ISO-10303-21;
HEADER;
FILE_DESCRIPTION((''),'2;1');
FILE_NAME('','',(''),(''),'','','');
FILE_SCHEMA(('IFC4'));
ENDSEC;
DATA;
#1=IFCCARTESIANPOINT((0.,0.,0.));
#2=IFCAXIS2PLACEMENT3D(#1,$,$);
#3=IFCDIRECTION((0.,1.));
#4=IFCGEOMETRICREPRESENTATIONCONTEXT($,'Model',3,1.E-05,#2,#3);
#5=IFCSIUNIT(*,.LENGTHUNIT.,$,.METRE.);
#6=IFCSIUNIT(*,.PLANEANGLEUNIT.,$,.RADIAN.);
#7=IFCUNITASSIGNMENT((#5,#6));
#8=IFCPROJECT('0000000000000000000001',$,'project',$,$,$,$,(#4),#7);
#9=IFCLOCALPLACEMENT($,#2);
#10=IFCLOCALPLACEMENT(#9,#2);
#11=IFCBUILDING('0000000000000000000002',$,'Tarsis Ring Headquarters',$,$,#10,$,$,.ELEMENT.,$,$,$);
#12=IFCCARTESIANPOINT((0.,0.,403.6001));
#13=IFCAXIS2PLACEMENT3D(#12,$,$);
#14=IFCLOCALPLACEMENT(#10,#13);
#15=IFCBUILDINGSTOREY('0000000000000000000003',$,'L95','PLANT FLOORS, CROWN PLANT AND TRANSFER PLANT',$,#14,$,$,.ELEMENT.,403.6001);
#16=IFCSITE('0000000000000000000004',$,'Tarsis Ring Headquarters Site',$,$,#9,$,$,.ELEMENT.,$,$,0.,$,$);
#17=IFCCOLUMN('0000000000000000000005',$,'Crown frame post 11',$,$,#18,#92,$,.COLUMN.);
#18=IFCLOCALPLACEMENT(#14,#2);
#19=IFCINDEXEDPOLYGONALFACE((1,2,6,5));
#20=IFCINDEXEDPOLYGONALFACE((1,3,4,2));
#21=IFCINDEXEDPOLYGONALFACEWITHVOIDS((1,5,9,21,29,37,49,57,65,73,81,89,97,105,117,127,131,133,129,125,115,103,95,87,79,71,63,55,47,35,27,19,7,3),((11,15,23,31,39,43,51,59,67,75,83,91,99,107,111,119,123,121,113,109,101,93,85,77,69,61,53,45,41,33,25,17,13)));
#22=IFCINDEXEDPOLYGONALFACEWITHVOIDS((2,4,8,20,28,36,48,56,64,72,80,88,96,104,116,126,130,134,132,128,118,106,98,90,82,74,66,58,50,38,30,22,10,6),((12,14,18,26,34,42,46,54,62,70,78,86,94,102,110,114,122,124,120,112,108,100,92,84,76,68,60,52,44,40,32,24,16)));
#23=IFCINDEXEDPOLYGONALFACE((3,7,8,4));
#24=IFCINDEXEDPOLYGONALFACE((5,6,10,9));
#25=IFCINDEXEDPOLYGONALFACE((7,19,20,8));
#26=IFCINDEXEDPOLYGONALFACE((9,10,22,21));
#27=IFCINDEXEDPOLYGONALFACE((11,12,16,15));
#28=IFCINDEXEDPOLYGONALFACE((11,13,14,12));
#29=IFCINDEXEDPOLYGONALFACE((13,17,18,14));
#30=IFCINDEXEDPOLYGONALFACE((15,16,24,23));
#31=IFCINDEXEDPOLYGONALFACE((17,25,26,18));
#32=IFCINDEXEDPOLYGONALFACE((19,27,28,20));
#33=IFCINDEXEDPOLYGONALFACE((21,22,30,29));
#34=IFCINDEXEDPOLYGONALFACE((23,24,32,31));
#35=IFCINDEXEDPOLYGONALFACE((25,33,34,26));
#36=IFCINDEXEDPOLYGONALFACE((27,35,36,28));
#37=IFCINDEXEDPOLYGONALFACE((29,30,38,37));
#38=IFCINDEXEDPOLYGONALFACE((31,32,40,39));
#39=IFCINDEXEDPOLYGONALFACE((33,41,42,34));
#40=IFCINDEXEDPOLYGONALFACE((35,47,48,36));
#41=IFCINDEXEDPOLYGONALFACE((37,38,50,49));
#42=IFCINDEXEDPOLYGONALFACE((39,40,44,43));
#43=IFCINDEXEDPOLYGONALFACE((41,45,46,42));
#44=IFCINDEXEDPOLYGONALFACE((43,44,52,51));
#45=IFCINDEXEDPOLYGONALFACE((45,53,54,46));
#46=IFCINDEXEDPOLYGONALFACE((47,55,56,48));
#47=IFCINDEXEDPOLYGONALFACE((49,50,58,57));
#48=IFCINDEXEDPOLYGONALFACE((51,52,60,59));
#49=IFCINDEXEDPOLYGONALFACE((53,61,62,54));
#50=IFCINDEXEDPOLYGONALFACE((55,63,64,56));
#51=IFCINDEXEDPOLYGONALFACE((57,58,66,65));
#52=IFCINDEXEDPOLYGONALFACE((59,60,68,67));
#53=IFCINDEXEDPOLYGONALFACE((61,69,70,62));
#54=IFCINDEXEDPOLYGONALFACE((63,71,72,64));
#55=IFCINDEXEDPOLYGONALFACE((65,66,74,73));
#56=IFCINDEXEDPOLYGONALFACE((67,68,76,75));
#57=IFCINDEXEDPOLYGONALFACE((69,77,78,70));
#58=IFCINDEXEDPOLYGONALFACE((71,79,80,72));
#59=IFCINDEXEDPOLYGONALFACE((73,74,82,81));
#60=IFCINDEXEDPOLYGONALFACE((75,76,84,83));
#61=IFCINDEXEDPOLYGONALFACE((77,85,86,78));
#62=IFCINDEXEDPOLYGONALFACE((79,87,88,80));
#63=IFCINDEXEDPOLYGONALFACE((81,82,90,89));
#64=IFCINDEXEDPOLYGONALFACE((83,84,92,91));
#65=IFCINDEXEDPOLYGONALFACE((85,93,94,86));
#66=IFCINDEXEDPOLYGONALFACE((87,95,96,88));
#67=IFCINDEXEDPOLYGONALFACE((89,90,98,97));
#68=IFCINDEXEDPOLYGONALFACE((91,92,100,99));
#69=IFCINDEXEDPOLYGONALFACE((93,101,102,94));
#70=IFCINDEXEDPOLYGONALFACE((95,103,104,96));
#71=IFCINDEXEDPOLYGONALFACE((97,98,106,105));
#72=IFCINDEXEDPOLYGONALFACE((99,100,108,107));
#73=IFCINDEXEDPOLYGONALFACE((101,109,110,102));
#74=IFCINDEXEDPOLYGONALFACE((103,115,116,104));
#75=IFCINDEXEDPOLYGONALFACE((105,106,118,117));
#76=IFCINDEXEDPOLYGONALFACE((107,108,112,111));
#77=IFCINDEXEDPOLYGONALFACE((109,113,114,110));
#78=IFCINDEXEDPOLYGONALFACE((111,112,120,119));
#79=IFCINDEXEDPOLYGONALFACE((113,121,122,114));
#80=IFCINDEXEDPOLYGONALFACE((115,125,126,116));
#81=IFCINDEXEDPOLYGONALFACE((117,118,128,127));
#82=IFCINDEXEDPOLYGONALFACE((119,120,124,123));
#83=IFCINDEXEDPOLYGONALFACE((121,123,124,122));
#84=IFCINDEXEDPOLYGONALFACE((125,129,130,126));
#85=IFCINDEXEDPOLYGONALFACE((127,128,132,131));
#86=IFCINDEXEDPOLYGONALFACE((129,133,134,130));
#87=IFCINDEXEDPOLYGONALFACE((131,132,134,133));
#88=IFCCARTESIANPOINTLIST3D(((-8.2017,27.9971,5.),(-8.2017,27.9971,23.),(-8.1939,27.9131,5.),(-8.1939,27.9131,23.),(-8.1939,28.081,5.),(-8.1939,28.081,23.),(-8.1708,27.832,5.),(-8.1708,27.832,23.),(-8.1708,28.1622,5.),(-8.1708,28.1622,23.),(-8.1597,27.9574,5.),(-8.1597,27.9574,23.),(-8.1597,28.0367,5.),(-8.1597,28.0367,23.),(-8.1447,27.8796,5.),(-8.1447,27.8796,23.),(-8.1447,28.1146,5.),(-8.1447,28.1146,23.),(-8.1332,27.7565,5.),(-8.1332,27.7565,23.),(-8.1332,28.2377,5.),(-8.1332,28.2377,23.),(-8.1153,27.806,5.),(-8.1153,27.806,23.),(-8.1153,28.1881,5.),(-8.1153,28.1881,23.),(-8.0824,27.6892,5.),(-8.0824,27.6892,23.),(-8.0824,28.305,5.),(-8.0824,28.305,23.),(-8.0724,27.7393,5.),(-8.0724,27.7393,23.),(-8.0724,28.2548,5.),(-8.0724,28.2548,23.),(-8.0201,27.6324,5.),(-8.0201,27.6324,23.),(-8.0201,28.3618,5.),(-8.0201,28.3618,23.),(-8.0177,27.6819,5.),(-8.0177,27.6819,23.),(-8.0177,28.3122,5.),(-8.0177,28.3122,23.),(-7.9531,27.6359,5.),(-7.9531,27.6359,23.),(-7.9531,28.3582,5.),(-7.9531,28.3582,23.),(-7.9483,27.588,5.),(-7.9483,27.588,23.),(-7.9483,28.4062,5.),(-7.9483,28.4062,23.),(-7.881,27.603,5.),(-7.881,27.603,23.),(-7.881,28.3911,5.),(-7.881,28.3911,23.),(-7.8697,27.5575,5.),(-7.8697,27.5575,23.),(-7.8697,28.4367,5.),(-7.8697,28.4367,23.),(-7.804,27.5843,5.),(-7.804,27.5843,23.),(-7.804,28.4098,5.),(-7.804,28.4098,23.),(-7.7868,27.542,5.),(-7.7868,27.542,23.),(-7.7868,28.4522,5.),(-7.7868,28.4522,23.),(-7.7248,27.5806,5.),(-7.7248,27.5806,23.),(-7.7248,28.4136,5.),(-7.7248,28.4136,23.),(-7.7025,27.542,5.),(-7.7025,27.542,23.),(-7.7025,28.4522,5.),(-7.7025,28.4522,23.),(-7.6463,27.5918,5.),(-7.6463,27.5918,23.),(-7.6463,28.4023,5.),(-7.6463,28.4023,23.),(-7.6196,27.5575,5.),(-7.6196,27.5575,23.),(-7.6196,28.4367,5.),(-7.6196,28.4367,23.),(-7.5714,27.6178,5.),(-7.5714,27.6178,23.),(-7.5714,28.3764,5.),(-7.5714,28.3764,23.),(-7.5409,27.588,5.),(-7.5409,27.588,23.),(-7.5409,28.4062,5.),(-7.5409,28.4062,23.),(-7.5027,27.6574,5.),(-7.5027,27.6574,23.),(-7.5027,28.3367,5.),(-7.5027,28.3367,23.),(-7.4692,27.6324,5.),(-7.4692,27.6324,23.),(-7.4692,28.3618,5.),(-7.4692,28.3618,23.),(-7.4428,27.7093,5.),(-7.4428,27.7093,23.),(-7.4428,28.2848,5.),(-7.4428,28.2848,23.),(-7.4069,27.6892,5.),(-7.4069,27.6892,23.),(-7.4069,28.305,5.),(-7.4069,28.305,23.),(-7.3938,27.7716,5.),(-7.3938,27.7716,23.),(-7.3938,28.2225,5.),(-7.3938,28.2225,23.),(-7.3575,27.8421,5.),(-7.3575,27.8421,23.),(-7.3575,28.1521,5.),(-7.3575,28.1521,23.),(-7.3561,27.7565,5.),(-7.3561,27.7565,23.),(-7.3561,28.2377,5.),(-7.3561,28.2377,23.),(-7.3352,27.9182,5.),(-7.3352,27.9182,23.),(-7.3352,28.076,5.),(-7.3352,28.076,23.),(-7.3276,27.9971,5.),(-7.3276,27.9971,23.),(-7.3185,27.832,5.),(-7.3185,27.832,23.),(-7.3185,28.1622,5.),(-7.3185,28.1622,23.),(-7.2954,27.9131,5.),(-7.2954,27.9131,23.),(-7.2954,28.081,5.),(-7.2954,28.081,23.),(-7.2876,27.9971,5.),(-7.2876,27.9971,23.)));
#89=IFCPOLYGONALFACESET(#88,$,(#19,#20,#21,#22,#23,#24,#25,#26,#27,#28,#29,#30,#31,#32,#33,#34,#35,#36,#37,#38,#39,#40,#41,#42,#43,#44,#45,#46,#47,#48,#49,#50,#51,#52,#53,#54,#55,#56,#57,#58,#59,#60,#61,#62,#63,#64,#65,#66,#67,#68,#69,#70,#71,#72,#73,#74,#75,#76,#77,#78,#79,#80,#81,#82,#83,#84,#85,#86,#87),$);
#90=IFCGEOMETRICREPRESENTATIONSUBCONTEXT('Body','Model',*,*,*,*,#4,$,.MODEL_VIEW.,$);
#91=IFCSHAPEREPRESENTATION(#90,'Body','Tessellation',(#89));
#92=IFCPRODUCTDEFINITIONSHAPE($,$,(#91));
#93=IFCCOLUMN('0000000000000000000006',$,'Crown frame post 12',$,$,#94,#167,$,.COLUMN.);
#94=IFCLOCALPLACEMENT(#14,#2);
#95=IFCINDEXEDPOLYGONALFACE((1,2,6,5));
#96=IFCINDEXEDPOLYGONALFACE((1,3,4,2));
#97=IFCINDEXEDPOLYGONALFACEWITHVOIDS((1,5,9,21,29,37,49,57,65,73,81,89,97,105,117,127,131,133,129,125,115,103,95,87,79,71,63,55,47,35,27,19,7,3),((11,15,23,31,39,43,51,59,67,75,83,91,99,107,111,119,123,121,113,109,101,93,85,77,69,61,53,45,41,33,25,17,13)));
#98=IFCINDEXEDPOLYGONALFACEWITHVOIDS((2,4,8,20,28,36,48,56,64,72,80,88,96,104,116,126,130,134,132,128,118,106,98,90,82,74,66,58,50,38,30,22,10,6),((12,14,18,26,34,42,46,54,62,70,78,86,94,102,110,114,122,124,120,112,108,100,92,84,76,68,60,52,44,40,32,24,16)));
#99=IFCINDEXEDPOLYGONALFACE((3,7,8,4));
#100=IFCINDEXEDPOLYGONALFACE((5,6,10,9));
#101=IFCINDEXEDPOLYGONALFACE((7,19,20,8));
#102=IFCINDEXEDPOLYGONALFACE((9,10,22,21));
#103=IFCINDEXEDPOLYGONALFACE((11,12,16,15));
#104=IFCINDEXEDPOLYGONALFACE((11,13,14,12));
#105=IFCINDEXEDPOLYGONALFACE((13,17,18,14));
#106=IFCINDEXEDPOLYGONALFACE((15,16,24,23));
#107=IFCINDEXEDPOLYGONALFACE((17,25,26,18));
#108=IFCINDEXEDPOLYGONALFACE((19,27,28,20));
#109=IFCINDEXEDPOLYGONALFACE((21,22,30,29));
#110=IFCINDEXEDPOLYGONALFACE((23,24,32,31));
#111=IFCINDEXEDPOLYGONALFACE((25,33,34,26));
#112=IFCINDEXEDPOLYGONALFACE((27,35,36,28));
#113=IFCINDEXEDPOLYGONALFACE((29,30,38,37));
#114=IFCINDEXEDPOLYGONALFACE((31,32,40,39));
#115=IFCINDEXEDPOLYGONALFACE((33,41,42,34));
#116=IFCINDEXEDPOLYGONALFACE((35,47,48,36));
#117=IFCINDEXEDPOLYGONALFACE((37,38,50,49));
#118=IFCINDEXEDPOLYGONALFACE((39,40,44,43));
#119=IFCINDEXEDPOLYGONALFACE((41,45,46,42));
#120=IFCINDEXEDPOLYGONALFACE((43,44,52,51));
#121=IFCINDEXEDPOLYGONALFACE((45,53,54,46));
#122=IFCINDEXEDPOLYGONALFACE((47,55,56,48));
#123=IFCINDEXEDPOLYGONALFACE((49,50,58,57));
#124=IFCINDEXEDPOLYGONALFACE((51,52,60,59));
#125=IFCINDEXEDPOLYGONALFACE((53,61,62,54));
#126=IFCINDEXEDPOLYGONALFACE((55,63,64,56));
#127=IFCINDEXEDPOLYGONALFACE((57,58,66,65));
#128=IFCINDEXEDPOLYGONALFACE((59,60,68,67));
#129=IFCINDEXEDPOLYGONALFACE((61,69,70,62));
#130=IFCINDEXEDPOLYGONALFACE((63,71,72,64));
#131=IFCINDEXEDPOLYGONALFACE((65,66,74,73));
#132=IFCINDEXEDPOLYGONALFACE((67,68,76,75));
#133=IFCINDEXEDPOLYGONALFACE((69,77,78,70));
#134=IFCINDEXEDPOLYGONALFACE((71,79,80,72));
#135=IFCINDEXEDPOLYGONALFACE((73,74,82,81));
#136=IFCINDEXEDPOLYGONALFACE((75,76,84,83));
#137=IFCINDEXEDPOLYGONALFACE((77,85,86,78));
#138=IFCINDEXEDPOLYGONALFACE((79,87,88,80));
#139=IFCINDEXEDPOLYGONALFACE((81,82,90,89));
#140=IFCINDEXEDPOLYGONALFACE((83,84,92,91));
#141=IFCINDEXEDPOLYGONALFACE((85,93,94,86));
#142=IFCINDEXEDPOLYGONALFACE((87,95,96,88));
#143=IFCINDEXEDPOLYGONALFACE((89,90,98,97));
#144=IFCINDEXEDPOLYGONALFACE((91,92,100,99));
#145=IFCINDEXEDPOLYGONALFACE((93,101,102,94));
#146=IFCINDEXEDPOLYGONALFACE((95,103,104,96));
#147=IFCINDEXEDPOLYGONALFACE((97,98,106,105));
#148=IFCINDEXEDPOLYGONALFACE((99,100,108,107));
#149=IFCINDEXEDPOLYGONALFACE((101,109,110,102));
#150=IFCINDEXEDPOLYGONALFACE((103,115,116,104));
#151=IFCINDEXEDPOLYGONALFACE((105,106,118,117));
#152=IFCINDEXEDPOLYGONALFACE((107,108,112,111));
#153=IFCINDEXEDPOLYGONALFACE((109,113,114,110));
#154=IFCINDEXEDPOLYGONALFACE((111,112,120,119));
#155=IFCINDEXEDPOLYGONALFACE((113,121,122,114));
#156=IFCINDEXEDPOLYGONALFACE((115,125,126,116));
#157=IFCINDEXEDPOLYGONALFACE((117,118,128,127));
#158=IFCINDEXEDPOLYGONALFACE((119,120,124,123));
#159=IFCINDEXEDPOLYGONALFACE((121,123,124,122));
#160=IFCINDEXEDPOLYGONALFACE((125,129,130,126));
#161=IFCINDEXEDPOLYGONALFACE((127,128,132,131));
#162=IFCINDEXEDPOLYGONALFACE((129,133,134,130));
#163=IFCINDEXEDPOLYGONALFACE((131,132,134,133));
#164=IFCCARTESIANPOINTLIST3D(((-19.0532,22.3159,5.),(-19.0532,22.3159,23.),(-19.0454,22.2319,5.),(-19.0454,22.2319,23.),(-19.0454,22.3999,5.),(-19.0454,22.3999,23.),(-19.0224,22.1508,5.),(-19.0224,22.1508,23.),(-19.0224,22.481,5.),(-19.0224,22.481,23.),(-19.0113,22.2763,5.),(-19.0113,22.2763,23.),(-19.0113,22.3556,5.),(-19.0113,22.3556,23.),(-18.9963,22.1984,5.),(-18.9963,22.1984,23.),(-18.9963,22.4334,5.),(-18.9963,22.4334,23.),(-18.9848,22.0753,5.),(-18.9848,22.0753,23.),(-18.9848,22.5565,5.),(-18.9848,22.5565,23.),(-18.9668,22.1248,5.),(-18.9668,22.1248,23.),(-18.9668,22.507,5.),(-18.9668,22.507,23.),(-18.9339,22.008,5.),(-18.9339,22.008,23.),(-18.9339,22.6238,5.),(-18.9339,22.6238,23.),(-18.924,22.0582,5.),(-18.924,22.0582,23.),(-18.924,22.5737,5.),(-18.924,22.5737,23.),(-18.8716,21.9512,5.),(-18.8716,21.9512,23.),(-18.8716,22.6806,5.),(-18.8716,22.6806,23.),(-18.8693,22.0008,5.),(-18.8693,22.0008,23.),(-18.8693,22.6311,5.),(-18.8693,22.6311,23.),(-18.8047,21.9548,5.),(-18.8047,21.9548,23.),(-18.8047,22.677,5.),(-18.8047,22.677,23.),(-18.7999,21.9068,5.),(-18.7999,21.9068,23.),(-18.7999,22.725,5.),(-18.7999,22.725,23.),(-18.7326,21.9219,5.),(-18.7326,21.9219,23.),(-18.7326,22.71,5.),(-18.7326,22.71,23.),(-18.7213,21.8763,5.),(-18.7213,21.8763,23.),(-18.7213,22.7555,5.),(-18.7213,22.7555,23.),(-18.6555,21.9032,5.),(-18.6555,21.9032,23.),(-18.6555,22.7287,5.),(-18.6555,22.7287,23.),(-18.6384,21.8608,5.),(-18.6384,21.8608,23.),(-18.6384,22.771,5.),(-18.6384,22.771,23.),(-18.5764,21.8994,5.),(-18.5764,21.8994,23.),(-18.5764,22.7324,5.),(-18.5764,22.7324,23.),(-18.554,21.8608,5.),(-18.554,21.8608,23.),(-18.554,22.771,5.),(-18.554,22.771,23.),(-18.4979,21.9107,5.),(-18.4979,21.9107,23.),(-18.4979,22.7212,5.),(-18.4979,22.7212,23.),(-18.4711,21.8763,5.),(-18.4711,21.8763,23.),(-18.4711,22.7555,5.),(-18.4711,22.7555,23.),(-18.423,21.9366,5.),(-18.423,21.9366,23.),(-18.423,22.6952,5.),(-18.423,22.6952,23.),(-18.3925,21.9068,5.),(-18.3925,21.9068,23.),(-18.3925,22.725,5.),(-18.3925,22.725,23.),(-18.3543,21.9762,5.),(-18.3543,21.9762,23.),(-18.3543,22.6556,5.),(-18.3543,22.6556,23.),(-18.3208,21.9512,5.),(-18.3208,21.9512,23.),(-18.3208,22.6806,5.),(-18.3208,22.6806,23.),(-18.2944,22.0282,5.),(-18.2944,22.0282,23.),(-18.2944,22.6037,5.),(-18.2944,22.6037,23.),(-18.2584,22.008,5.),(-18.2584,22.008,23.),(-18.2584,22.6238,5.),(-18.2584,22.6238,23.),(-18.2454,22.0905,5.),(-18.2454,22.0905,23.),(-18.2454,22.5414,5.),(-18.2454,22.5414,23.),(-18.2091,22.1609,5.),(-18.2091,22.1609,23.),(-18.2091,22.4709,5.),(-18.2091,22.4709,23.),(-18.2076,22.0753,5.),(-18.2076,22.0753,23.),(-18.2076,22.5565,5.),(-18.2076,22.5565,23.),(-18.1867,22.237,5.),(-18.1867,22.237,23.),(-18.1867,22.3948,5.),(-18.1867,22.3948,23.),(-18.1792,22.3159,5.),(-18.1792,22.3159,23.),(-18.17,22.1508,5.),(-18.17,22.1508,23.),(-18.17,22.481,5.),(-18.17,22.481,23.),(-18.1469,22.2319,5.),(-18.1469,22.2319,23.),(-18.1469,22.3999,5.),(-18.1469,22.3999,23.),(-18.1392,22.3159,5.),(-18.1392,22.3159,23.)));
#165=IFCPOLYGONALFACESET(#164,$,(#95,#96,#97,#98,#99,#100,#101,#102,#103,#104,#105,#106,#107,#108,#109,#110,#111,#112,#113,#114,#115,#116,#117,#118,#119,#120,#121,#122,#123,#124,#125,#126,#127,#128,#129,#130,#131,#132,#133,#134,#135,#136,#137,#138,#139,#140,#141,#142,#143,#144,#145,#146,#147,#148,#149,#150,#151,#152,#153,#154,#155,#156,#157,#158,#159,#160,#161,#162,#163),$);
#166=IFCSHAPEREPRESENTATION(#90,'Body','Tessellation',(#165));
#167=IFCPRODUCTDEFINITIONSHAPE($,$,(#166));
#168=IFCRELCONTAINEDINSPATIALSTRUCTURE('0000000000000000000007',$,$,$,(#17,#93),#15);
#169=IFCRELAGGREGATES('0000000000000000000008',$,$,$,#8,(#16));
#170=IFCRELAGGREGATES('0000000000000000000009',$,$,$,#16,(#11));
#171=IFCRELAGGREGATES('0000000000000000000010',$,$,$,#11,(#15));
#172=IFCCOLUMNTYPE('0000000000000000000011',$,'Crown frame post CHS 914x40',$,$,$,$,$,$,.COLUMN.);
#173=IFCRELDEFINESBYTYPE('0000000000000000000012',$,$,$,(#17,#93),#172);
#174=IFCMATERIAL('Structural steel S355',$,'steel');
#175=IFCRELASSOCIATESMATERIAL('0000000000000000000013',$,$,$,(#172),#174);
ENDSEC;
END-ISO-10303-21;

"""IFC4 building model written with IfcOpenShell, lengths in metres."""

from ifc_helpers import new_model, si_unit, direction, frame, origin, origin_2d, place, context, subcontext, project, spatial, hollow_circle, extrude, material, material_profile, profile_set, type_object, element, save


model = new_model("IFC4")

# Units and contexts
model_context = context("Model", 3, precision=1e-05, world=origin(), true_north=direction((0.0, 1.0)))
body_context = subcontext(model_context, "Body", "Model", "MODEL_VIEW")
ifc_project = project(units=[si_unit("LENGTHUNIT", "METRE"), si_unit("PLANEANGLEUNIT", "RADIAN")], contexts=[model_context])

# Site, building, storey
site_placement = place(None, origin())
site = spatial("IfcSite", under=ifc_project, at=site_placement, Name="Tarsis Ring Headquarters Site", CompositionType="ELEMENT", RefElevation=0.0)
building_placement = place(site_placement, origin())
building = spatial("IfcBuilding", under=site, at=building_placement, Name="Tarsis Ring Headquarters", CompositionType="ELEMENT")
storey_placement = place(building_placement, frame((0.0, 0.0, 403.6001)))
storey = spatial("IfcBuildingStorey", under=building, at=storey_placement, Name="L95", Description="PLANT FLOORS, CROWN PLANT AND TRANSFER PLANT", CompositionType="ELEMENT", Elevation=403.6001)

# Columns
ifc_material_1 = material(Name="Structural steel S355", Category="steel")
ifc_material_profile_1 = material_profile(ifc_material_1, hollow_circle(Radius=0.457, WallThickness=0.04, at=origin_2d()), Name="CHS 914x40")
ifc_profile_set_1 = profile_set([ifc_material_profile_1], Name="Structural steel S355")
column_type_1 = type_object("IfcColumnType", Name="Crown frame post CHS 914x40", PredefinedType="COLUMN", material=ifc_profile_set_1)
for number, where, z_axis, x_axis, name in (
    (1, (-7.7446, 27.9971, 5.0), (0.0, 0.0, 1.0), (1.0, 0.0, 0.0), "Crown frame post 11"),
    (2, (-18.5962, 22.3159, 5.0), (0.0, 0.0, 1.0), (1.0, 0.0, 0.0), "Crown frame post 12"),
):
    element("IfcColumn", number, at=place(storey_placement, frame(where, z_axis=z_axis, x_axis=x_axis)), inside=storey, type_object=column_type_1, Name=name, PredefinedType="COLUMN", context=body_context, shape_type="SweptSolid", body=[
        extrude(hollow_circle(Radius=0.457, WallThickness=0.04, at=origin_2d()), origin(), (0.0, 0.0, 1.0), 18.0),
    ])

save(model, "model.ifc")
